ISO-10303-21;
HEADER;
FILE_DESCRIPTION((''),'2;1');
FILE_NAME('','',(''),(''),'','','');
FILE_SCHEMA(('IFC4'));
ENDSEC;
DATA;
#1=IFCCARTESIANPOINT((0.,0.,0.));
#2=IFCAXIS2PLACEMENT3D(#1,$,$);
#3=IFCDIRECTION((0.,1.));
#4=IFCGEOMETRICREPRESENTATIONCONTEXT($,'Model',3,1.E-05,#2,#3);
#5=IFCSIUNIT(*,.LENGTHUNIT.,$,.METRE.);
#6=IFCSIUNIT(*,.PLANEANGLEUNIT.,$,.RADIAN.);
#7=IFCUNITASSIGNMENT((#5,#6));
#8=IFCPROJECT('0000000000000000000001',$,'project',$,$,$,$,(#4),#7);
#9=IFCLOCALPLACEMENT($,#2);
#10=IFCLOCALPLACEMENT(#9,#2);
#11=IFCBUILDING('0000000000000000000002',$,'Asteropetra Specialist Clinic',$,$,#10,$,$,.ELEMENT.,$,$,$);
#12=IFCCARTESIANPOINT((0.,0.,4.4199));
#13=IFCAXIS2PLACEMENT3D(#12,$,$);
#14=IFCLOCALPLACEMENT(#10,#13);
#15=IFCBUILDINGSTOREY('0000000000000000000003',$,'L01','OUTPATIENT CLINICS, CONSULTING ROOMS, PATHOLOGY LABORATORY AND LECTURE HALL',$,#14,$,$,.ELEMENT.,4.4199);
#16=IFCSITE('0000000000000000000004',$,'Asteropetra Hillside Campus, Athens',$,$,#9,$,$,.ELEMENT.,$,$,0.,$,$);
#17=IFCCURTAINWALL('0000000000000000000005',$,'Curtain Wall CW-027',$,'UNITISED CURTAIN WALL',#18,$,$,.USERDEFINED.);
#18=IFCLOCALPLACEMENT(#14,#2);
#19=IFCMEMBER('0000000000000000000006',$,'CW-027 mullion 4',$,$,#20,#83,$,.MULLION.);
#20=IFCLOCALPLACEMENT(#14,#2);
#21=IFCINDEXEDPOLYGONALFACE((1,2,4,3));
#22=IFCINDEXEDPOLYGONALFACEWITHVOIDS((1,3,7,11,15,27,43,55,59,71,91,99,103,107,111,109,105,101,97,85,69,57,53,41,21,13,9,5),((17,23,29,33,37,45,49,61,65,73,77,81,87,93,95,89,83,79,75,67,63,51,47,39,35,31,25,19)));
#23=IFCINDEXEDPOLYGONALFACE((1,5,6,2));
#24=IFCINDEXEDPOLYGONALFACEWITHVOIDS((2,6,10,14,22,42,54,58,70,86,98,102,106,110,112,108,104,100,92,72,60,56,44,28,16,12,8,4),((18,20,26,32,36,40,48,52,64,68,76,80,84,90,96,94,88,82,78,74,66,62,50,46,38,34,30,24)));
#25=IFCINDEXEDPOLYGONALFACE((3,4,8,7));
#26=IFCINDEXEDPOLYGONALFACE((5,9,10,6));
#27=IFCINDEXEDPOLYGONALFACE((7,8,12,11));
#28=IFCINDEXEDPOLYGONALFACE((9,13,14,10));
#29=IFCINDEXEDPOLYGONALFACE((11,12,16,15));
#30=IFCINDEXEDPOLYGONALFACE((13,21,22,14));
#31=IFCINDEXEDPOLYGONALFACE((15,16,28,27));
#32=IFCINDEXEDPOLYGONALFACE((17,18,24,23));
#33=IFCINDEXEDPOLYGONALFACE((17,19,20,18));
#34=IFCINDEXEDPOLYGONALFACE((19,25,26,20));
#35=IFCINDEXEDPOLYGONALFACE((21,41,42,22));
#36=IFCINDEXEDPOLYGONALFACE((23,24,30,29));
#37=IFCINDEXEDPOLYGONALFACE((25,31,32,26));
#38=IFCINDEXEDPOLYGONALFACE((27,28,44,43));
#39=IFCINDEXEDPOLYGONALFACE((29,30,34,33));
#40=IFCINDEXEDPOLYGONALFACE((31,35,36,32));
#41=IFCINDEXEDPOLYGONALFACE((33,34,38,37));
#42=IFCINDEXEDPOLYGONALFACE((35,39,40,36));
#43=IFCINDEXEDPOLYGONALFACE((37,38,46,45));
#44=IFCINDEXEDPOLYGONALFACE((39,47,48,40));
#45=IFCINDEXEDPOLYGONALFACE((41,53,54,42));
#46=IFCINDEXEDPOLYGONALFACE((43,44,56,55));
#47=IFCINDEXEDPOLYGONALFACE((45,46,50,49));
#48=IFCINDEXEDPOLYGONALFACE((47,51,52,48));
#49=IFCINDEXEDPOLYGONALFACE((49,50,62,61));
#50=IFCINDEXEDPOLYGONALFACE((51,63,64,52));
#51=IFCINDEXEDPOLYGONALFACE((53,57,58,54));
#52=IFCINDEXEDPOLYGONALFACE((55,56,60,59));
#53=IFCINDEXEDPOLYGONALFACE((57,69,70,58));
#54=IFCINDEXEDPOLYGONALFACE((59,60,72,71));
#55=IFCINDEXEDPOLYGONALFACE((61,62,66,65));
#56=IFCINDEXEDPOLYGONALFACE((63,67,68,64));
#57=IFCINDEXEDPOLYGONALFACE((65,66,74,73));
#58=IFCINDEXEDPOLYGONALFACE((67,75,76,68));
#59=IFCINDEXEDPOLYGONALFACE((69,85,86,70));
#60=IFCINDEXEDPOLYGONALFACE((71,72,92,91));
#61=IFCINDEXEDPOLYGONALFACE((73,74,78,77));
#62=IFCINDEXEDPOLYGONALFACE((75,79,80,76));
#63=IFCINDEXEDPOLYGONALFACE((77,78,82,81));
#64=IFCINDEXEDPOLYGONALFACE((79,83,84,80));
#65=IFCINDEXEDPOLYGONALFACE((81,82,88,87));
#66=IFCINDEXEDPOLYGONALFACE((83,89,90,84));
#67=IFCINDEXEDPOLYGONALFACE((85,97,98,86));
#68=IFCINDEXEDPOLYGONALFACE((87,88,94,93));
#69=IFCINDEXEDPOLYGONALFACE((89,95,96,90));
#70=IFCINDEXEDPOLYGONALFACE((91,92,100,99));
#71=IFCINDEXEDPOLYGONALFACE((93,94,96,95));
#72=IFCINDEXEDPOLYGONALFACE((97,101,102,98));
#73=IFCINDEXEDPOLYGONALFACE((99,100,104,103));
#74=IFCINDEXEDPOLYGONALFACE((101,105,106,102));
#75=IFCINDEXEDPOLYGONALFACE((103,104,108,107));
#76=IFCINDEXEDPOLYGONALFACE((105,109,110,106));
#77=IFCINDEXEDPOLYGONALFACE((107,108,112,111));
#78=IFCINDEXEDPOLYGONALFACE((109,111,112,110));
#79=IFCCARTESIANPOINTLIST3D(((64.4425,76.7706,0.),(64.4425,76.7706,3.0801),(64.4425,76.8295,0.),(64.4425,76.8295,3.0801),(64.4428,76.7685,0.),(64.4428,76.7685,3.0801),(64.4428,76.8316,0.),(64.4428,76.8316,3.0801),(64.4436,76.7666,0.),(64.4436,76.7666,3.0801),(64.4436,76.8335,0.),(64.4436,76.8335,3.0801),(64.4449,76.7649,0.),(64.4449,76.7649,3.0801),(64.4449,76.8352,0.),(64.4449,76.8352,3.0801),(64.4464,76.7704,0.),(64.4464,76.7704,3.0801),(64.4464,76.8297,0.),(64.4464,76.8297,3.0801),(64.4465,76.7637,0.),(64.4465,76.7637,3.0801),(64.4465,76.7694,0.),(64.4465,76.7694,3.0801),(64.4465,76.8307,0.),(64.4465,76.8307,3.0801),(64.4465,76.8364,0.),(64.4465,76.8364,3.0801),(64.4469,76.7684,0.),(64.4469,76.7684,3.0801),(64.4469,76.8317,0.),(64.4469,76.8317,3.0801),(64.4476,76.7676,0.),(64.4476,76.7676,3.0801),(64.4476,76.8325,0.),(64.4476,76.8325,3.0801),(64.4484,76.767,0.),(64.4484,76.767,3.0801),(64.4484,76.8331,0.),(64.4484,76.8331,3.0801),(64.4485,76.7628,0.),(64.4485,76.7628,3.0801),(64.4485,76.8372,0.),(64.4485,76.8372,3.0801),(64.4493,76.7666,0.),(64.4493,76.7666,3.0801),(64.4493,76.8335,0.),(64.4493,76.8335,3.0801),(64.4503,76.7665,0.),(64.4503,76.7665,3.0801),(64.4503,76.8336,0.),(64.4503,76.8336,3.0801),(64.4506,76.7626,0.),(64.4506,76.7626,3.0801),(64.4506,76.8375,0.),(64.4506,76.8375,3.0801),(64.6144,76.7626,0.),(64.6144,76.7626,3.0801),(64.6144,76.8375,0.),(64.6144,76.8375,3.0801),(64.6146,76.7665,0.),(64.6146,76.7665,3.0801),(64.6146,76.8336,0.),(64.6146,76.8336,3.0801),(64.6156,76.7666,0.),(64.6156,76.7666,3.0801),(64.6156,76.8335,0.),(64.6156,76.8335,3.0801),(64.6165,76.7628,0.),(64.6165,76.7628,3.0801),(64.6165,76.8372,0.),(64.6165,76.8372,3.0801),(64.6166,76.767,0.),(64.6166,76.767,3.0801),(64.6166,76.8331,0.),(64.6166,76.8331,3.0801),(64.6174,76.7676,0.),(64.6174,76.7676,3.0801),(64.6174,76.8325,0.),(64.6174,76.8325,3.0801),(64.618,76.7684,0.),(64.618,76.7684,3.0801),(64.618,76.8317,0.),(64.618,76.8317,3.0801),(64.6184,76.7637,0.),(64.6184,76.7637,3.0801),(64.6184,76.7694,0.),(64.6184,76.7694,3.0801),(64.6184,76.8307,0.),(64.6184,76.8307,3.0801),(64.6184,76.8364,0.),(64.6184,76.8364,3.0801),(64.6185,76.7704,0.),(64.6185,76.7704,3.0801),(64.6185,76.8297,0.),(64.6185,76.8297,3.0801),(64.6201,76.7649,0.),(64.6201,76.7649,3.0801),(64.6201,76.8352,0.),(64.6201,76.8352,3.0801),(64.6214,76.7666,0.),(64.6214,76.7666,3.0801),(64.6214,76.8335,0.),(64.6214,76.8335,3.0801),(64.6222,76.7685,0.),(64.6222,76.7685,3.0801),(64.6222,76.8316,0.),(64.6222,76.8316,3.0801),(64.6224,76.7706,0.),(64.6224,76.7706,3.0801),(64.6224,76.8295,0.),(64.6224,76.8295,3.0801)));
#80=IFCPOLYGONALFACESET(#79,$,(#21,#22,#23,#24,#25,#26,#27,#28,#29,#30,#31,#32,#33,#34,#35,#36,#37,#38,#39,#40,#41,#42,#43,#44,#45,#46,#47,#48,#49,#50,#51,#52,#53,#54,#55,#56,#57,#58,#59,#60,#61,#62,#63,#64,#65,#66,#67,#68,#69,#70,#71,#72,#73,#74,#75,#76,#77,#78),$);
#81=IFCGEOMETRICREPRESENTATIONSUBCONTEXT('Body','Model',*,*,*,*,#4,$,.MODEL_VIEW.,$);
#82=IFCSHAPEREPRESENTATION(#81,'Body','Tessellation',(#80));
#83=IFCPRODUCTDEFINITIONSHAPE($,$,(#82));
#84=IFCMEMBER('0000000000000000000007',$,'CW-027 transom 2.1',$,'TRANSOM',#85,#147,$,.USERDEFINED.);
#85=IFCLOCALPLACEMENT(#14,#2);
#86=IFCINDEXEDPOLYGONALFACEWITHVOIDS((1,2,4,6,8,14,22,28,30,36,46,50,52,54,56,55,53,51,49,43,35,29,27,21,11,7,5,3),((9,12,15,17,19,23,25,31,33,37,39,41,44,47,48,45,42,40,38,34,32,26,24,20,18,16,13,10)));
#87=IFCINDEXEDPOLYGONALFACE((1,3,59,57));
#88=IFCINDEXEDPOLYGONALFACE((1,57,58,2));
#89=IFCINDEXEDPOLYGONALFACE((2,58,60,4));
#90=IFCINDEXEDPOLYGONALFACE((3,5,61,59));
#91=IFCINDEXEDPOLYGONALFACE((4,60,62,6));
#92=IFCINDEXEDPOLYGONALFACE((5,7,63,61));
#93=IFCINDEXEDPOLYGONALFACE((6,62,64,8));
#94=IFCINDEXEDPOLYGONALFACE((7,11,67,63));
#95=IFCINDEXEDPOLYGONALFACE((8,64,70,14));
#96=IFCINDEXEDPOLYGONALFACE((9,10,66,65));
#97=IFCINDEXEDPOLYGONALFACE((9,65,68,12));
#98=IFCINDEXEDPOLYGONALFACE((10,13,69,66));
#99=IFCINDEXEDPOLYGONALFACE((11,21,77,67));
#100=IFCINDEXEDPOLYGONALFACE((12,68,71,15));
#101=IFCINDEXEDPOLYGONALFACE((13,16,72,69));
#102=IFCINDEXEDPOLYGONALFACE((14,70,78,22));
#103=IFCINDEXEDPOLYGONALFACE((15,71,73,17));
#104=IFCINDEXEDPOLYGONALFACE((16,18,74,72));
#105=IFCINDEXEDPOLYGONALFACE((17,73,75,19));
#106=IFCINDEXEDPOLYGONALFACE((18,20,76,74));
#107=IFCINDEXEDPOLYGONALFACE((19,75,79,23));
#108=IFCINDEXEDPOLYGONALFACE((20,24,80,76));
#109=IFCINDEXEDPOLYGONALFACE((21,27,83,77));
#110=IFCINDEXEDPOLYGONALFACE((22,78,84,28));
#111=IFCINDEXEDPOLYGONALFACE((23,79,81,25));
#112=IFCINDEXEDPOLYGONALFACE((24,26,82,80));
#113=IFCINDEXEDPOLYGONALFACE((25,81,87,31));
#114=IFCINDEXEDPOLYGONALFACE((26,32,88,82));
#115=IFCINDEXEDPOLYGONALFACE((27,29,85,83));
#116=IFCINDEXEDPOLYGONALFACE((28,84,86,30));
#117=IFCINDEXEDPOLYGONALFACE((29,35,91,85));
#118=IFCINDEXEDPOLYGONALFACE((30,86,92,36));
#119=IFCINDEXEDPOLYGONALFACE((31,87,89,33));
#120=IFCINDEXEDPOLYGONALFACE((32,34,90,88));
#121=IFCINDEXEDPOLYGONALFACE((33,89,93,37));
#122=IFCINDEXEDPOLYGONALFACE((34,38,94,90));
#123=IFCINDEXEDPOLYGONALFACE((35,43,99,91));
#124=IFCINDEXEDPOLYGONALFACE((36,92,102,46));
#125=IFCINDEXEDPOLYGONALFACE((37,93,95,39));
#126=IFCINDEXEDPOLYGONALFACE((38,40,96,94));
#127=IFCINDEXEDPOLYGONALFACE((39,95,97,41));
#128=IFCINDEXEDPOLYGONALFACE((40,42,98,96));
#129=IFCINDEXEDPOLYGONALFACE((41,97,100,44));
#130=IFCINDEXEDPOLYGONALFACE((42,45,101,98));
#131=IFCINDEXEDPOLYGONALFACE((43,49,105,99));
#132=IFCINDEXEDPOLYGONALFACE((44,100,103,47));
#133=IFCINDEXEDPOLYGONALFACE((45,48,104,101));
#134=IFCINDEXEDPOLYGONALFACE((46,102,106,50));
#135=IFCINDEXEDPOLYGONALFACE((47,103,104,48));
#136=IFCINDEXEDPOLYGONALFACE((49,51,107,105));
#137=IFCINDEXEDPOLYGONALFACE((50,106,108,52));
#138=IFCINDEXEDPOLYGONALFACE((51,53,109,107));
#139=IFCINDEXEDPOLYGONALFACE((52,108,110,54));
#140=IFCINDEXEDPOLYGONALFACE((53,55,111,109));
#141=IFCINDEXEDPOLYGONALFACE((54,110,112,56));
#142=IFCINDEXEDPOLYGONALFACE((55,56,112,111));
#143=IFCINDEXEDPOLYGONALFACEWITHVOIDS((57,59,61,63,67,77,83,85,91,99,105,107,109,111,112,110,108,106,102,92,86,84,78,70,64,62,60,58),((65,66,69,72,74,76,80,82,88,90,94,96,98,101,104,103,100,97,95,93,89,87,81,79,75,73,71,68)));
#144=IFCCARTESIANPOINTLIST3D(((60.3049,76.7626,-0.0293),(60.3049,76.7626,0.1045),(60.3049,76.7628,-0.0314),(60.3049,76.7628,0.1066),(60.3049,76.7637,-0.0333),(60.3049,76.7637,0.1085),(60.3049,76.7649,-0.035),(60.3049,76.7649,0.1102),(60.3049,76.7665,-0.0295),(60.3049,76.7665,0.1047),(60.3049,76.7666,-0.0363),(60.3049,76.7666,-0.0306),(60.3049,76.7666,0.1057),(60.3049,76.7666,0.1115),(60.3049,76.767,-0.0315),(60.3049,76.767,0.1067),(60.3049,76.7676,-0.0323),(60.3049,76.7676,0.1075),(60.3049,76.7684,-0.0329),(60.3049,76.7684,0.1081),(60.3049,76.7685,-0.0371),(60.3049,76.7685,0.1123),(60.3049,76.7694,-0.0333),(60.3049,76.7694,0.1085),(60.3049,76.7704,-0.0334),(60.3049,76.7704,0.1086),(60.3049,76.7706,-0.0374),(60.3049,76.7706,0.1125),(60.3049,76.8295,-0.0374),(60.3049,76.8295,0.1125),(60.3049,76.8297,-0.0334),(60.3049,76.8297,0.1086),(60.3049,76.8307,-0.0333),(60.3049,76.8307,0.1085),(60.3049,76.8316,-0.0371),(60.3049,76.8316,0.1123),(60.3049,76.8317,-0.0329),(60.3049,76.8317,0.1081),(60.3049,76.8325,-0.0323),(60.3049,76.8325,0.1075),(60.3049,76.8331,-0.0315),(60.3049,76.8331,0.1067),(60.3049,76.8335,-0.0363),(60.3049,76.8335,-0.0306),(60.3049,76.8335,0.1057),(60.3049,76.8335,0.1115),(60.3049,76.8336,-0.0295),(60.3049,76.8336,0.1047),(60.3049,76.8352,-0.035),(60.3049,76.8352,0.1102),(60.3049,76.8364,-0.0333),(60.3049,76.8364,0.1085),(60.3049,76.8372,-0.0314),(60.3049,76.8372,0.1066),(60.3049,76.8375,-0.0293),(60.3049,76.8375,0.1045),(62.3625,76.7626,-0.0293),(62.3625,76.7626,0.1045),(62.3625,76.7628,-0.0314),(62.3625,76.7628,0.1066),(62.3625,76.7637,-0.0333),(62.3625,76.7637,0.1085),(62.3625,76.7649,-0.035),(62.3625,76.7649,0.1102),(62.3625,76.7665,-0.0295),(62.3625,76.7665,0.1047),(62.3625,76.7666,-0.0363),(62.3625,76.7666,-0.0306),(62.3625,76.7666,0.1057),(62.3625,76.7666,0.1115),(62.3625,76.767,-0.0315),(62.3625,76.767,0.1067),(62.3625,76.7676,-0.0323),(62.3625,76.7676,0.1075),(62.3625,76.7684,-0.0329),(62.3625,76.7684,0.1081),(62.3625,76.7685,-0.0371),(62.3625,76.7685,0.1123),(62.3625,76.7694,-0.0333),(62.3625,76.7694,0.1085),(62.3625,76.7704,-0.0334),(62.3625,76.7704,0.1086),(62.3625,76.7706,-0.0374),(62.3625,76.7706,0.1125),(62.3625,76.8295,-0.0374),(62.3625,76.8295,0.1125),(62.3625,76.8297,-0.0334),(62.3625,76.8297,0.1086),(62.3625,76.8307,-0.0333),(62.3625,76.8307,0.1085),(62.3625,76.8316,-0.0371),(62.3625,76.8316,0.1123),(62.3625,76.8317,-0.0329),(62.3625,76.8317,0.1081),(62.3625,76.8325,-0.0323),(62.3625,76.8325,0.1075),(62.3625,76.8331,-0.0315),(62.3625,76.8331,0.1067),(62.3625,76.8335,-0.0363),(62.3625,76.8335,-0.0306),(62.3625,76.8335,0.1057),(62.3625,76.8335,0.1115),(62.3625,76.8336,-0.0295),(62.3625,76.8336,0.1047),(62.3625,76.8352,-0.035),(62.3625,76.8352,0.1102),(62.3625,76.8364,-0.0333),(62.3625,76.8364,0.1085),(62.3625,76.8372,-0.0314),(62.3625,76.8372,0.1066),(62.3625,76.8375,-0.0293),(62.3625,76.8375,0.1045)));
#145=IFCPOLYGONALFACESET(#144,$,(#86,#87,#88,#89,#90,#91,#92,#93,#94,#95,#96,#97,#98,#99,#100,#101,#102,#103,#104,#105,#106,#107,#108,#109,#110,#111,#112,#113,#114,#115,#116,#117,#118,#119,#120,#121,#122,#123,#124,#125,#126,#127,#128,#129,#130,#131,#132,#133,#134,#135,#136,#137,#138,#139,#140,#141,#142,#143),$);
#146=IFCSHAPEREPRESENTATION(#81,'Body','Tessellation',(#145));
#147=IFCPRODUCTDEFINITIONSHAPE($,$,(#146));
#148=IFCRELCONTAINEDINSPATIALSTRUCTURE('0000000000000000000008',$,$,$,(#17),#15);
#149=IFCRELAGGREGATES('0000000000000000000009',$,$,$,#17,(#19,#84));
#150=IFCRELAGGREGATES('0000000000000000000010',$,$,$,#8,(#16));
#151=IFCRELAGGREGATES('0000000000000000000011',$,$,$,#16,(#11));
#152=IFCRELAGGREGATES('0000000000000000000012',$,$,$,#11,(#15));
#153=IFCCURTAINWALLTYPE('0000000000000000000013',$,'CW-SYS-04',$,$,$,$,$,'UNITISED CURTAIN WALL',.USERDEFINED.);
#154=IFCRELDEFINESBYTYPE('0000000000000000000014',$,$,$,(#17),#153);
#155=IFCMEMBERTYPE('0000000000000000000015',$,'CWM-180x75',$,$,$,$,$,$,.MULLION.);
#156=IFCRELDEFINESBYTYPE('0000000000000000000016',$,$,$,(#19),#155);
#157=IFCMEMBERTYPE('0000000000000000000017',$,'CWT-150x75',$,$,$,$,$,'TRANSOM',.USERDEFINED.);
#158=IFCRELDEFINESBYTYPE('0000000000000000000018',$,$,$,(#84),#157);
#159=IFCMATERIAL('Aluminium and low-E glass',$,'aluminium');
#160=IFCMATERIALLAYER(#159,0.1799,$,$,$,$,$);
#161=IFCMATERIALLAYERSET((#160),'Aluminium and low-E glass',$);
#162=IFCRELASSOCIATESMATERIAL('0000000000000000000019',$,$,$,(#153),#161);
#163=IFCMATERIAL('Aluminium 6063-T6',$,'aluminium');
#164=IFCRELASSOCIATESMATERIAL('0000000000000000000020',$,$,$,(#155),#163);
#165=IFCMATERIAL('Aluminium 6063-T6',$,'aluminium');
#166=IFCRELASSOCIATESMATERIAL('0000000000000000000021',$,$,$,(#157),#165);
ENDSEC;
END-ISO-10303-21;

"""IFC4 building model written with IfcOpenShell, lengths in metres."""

from ifc_helpers import new_model, si_unit, direction, frame, origin, origin_2d, place, context, subcontext, project, spatial, hollow_rectangle, extrude, material, layer, layer_set, material_profile, profile_set, type_object, element, aggregate, save


model = new_model("IFC4")

# Units and contexts
model_context = context("Model", 3, precision=1e-05, world=origin(), true_north=direction((0.0, 1.0)))
body_context = subcontext(model_context, "Body", "Model", "MODEL_VIEW")
ifc_project = project(units=[si_unit("LENGTHUNIT", "METRE"), si_unit("PLANEANGLEUNIT", "RADIAN")], contexts=[model_context])

# Site, building, storey
site_placement = place(None, origin())
site = spatial("IfcSite", under=ifc_project, at=site_placement, Name="Asteropetra Hillside Campus, Athens", CompositionType="ELEMENT", RefElevation=0.0)
building_placement = place(site_placement, origin())
building = spatial("IfcBuilding", under=site, at=building_placement, Name="Asteropetra Specialist Clinic", CompositionType="ELEMENT")
storey_placement = place(building_placement, frame((0.0, 0.0, 4.4199)))
storey = spatial("IfcBuildingStorey", under=building, at=storey_placement, Name="L01", Description="OUTPATIENT CLINICS, CONSULTING ROOMS, PATHOLOGY LABORATORY AND LECTURE HALL", CompositionType="ELEMENT", Elevation=4.4199)

# Curtain wall, members
ifc_material_1 = material(Name="Aluminium and low-E glass", Category="aluminium")
ifc_layer_1 = layer(ifc_material_1, 0.1799)
ifc_layer_set_1 = layer_set([ifc_layer_1], Name="Aluminium and low-E glass")
curtain_wall_type = type_object("IfcCurtainWallType", Name="CW-SYS-04", ElementType="UNITISED CURTAIN WALL", PredefinedType="USERDEFINED", material=ifc_layer_set_1)
curtain_wall_placement = place(storey_placement, origin())
curtain_wall = element("IfcCurtainWall", 1, at=curtain_wall_placement, inside=storey, type_object=curtain_wall_type, Name="Curtain Wall CW-027", ObjectType="UNITISED CURTAIN WALL", PredefinedType="USERDEFINED")
ifc_material_2 = material(Name="Aluminium 6063-T6", Category="aluminium")
ifc_material_profile_1 = material_profile(ifc_material_2, hollow_rectangle(XDim=0.075, YDim=0.1799, WallThickness=0.0039, InnerFilletRadius=0.0039, OuterFilletRadius=0.0081, at=origin_2d()), Name="MUL 180x75x4.0")
ifc_profile_set_1 = profile_set([ifc_material_profile_1], Name="Aluminium 6063-T6")
member_type_1 = type_object("IfcMemberType", Name="CWM-180x75", PredefinedType="MULLION", material=ifc_profile_set_1)
member_1_placement = place(storey_placement, frame((64.5325, 76.8, 0.0), z_axis=(0.0, 0.0, 1.0), x_axis=(0.0, 1.0, 0.0)))
member_1 = element("IfcMember", 2, at=member_1_placement, type_object=member_type_1, Name="CW-027 mullion 4", PredefinedType="MULLION", context=body_context, shape_type="SweptSolid", body=[
    extrude(hollow_rectangle(XDim=0.075, YDim=0.1799, WallThickness=0.0039, InnerFilletRadius=0.0039, OuterFilletRadius=0.0081, at=origin_2d()), origin(), (0.0, 0.0, 1.0), 3.0801),
])
ifc_material_3 = material(Name="Aluminium 6063-T6", Category="aluminium")
ifc_material_profile_2 = material_profile(ifc_material_3, hollow_rectangle(XDim=0.075, YDim=0.1499, WallThickness=0.0039, InnerFilletRadius=0.0039, OuterFilletRadius=0.0081, at=origin_2d()), Name="TRN 150x75x4.0")
ifc_profile_set_2 = profile_set([ifc_material_profile_2], Name="Aluminium 6063-T6")
member_type_2 = type_object("IfcMemberType", Name="CWT-150x75", ElementType="TRANSOM", PredefinedType="USERDEFINED", material=ifc_profile_set_2)
member_2_placement = place(storey_placement, frame((60.3049, 76.8, 0.0376), z_axis=(1.0, 0.0, 0.0), x_axis=(0.0, 1.0, 0.0)))
member_2 = element("IfcMember", 3, at=member_2_placement, type_object=member_type_2, Name="CW-027 transom 2.1", ObjectType="TRANSOM", PredefinedType="USERDEFINED", context=body_context, shape_type="SweptSolid", body=[
    extrude(hollow_rectangle(XDim=0.075, YDim=0.1499, WallThickness=0.0039, InnerFilletRadius=0.0039, OuterFilletRadius=0.0081, at=origin_2d()), origin(), (0.0, 0.0, 1.0), 2.0576),
])
aggregate(curtain_wall, [member_1, member_2])

save(model, "model.ifc")
